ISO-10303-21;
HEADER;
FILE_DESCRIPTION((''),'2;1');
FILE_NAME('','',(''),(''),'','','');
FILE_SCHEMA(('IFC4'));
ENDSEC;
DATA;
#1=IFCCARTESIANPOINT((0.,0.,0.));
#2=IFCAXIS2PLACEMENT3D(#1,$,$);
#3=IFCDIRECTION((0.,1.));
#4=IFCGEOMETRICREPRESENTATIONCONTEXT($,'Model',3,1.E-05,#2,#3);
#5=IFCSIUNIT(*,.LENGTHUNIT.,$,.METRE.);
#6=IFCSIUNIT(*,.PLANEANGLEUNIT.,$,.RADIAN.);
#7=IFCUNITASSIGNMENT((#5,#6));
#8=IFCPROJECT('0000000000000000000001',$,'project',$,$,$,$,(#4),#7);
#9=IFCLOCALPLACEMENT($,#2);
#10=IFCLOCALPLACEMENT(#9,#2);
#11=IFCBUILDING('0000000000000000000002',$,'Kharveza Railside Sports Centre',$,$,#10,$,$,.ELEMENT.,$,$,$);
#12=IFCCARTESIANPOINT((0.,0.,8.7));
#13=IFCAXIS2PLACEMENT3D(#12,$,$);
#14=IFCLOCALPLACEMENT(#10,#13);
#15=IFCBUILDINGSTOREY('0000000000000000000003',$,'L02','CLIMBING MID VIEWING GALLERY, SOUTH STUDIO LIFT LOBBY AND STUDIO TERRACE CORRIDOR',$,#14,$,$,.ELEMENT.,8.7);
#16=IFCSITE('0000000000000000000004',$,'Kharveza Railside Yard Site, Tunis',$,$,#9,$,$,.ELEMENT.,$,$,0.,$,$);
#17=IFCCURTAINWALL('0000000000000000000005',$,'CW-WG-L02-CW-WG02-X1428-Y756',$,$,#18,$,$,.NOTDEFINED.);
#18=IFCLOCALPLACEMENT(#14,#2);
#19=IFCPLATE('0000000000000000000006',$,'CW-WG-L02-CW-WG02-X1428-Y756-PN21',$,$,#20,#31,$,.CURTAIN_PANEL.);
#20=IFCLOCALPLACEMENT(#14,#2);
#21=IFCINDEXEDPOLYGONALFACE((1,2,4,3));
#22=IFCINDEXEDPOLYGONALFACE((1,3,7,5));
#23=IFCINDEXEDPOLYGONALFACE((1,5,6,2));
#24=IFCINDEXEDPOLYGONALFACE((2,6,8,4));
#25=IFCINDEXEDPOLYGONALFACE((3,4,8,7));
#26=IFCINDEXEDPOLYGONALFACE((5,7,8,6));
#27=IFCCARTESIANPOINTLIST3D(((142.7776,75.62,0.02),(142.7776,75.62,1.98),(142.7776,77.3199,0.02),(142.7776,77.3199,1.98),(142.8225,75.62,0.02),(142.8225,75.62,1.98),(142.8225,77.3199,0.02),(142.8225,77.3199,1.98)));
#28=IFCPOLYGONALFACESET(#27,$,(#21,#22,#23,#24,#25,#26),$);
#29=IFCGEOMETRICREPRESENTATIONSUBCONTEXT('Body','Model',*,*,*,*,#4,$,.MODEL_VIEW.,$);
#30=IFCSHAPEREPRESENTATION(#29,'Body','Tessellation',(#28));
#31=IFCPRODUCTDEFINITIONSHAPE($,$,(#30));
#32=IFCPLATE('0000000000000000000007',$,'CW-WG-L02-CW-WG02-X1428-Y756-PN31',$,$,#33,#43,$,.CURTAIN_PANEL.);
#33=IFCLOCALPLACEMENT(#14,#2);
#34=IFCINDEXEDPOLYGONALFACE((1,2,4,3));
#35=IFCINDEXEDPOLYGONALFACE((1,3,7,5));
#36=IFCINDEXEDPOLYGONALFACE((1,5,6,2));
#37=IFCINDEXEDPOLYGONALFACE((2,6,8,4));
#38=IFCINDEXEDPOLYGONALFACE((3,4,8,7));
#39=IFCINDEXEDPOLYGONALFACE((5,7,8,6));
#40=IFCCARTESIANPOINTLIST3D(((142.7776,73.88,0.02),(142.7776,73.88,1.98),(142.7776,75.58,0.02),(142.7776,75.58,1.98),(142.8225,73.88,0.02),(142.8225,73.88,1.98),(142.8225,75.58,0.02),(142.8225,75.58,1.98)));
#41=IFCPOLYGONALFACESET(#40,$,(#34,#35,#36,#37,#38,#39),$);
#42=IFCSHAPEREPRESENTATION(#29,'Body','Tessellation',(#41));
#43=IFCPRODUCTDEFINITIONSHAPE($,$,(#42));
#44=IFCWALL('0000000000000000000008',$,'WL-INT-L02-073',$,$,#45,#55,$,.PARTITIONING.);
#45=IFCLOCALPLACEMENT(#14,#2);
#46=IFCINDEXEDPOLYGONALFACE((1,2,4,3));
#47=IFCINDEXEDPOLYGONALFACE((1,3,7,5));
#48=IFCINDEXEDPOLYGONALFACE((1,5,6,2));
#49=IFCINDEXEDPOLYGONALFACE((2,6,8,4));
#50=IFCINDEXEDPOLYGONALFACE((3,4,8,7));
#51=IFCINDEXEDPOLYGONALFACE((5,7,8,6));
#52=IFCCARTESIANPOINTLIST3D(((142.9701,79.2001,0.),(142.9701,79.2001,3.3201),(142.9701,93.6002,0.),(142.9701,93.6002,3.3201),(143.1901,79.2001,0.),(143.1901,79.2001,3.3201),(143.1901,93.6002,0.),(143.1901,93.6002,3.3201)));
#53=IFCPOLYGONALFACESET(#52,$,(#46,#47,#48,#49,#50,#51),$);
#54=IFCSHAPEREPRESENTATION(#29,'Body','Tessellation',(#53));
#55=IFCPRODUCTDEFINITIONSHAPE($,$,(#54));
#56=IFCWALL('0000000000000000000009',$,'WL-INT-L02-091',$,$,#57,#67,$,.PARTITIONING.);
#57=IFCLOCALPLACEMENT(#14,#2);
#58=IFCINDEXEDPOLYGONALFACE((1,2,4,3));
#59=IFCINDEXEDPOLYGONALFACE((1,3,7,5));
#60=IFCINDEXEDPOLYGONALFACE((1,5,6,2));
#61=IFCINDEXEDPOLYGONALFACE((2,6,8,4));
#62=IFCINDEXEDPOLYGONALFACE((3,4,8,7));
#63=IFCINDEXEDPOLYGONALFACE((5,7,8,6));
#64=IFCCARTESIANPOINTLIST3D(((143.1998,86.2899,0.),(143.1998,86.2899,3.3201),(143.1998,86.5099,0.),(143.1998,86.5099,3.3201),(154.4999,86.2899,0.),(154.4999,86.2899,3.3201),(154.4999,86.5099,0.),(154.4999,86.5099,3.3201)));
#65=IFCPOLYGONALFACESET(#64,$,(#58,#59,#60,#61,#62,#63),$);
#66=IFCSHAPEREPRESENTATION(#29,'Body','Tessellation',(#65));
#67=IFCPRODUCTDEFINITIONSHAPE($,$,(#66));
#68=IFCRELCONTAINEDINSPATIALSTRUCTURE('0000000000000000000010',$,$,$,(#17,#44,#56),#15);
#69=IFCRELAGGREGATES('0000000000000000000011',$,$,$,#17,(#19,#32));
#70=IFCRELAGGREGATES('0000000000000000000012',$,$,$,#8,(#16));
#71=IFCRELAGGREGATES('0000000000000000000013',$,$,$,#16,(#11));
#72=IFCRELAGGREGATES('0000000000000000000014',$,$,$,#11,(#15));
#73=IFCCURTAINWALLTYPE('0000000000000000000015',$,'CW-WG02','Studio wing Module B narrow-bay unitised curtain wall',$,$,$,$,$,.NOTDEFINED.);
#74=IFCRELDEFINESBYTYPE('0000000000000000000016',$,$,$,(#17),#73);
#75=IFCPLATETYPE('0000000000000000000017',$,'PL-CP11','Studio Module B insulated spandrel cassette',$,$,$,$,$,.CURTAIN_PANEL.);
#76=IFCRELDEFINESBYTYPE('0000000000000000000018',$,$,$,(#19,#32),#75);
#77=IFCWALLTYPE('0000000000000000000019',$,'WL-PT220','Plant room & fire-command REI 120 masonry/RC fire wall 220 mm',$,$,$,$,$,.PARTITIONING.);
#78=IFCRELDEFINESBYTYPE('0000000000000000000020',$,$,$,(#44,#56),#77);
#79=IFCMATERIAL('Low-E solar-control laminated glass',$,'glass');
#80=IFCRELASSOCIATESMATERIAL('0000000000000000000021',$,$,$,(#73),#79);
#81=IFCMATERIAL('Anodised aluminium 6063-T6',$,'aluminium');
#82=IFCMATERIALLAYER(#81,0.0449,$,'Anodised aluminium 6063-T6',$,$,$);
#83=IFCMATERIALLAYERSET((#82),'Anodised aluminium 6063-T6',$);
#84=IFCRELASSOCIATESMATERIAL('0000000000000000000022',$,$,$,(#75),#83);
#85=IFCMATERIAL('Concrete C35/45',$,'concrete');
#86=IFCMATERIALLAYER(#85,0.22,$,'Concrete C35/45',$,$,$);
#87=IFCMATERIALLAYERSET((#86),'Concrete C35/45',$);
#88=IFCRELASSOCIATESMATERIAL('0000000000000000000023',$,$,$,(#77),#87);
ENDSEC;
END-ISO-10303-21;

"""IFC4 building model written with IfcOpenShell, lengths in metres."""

from ifc_helpers import new_model, si_unit, direction, frame, frame_2d, origin, origin_2d, place, context, subcontext, project, spatial, rectangle, extrude, material, layer, layer_set, type_object, element, aggregate, save


model = new_model("IFC4")

# Units and contexts
model_context = context("Model", 3, precision=1e-05, world=origin(), true_north=direction((0.0, 1.0)))
body_context = subcontext(model_context, "Body", "Model", "MODEL_VIEW")
ifc_project = project(units=[si_unit("LENGTHUNIT", "METRE"), si_unit("PLANEANGLEUNIT", "RADIAN")], contexts=[model_context])

# Site, building, storey
site_placement = place(None, origin())
site = spatial("IfcSite", under=ifc_project, at=site_placement, Name="Kharveza Railside Yard Site, Tunis", CompositionType="ELEMENT", RefElevation=0.0)
building_placement = place(site_placement, origin())
building = spatial("IfcBuilding", under=site, at=building_placement, Name="Kharveza Railside Sports Centre", CompositionType="ELEMENT")
storey_placement = place(building_placement, frame((0.0, 0.0, 8.7)))
storey = spatial("IfcBuildingStorey", under=building, at=storey_placement, Name="L02", Description="CLIMBING MID VIEWING GALLERY, SOUTH STUDIO LIFT LOBBY AND STUDIO TERRACE CORRIDOR", CompositionType="ELEMENT", Elevation=8.7)

# Curtain wall, plates
ifc_material_1 = material(Name="Low-E solar-control laminated glass", Category="glass")
curtain_wall_type = type_object("IfcCurtainWallType", Name="CW-WG02", Description="Studio wing Module B narrow-bay unitised curtain wall", PredefinedType="NOTDEFINED", material=ifc_material_1)
curtain_wall_placement = place(storey_placement, origin())
curtain_wall = element("IfcCurtainWall", 1, at=curtain_wall_placement, inside=storey, type_object=curtain_wall_type, Name="CW-WG-L02-CW-WG02-X1428-Y756", PredefinedType="NOTDEFINED")
ifc_material_2 = material(Name="Anodised aluminium 6063-T6", Category="aluminium")
ifc_layer_1 = layer(ifc_material_2, 0.0449, Name="Anodised aluminium 6063-T6")
ifc_layer_set_1 = layer_set([ifc_layer_1], Name="Anodised aluminium 6063-T6")
plate_type_1 = type_object("IfcPlateType", Name="PL-CP11", Description="Studio Module B insulated spandrel cassette", PredefinedType="CURTAIN_PANEL", material=ifc_layer_set_1)
plate_1_placement = place(storey_placement, frame((142.8, 76.47, 0.02), z_axis=(0.0, 0.0, 1.0), x_axis=(0.0, -1.0, 0.0)))
plate_1 = element("IfcPlate", 2, at=plate_1_placement, type_object=plate_type_1, Name="CW-WG-L02-CW-WG02-X1428-Y756-PN21", PredefinedType="CURTAIN_PANEL", context=body_context, shape_type="SweptSolid", body=[
    extrude(rectangle(XDim=1.7, YDim=0.0449, at=origin_2d()), origin(), (0.0, 0.0, 1.0), 1.96),
])
plate_2_placement = place(storey_placement, frame((142.8, 74.73, 0.02), z_axis=(0.0, 0.0, 1.0), x_axis=(0.0, -1.0, 0.0)))
plate_2 = element("IfcPlate", 3, at=plate_2_placement, type_object=plate_type_1, Name="CW-WG-L02-CW-WG02-X1428-Y756-PN31", PredefinedType="CURTAIN_PANEL", context=body_context, shape_type="SweptSolid", body=[
    extrude(rectangle(XDim=1.7, YDim=0.0449, at=origin_2d()), origin(), (0.0, 0.0, 1.0), 1.96),
])
aggregate(curtain_wall, [plate_1, plate_2])

# Walls
ifc_material_3 = material(Name="Concrete C35/45", Category="concrete")
ifc_layer_2 = layer(ifc_material_3, 0.22, Name="Concrete C35/45")
ifc_layer_set_2 = layer_set([ifc_layer_2], Name="Concrete C35/45")
wall_type = type_object("IfcWallType", Name="WL-PT220", Description="Plant room & fire-command REI 120 masonry/RC fire wall 220 mm", PredefinedType="PARTITIONING", material=ifc_layer_set_2)
wall_1_placement = place(storey_placement, frame((143.0801, 79.2, 0.0), z_axis=(0.0, 0.0, 1.0), x_axis=(0.0, 1.0, 0.0)))
element("IfcWall", 4, at=wall_1_placement, inside=storey, type_object=wall_type, Name="WL-INT-L02-073", PredefinedType="PARTITIONING", context=body_context, shape_type="SweptSolid", body=[
    extrude(rectangle(XDim=14.4001, YDim=0.22, at=frame_2d((7.2002, 0.0))), origin(), (0.0, 0.0, 1.0), 3.3201),
])
wall_2_placement = place(storey_placement, frame((143.2, 86.3999, 0.0), z_axis=(0.0, 0.0, 1.0), x_axis=(1.0, 0.0, 0.0)))
element("IfcWall", 5, at=wall_2_placement, inside=storey, type_object=wall_type, Name="WL-INT-L02-091", PredefinedType="PARTITIONING", context=body_context, shape_type="SweptSolid", body=[
    extrude(rectangle(XDim=11.3, YDim=0.22, at=frame_2d((5.6499, 0.0))), origin(), (0.0, 0.0, 1.0), 3.3201),
])

save(model, "model.ifc")
